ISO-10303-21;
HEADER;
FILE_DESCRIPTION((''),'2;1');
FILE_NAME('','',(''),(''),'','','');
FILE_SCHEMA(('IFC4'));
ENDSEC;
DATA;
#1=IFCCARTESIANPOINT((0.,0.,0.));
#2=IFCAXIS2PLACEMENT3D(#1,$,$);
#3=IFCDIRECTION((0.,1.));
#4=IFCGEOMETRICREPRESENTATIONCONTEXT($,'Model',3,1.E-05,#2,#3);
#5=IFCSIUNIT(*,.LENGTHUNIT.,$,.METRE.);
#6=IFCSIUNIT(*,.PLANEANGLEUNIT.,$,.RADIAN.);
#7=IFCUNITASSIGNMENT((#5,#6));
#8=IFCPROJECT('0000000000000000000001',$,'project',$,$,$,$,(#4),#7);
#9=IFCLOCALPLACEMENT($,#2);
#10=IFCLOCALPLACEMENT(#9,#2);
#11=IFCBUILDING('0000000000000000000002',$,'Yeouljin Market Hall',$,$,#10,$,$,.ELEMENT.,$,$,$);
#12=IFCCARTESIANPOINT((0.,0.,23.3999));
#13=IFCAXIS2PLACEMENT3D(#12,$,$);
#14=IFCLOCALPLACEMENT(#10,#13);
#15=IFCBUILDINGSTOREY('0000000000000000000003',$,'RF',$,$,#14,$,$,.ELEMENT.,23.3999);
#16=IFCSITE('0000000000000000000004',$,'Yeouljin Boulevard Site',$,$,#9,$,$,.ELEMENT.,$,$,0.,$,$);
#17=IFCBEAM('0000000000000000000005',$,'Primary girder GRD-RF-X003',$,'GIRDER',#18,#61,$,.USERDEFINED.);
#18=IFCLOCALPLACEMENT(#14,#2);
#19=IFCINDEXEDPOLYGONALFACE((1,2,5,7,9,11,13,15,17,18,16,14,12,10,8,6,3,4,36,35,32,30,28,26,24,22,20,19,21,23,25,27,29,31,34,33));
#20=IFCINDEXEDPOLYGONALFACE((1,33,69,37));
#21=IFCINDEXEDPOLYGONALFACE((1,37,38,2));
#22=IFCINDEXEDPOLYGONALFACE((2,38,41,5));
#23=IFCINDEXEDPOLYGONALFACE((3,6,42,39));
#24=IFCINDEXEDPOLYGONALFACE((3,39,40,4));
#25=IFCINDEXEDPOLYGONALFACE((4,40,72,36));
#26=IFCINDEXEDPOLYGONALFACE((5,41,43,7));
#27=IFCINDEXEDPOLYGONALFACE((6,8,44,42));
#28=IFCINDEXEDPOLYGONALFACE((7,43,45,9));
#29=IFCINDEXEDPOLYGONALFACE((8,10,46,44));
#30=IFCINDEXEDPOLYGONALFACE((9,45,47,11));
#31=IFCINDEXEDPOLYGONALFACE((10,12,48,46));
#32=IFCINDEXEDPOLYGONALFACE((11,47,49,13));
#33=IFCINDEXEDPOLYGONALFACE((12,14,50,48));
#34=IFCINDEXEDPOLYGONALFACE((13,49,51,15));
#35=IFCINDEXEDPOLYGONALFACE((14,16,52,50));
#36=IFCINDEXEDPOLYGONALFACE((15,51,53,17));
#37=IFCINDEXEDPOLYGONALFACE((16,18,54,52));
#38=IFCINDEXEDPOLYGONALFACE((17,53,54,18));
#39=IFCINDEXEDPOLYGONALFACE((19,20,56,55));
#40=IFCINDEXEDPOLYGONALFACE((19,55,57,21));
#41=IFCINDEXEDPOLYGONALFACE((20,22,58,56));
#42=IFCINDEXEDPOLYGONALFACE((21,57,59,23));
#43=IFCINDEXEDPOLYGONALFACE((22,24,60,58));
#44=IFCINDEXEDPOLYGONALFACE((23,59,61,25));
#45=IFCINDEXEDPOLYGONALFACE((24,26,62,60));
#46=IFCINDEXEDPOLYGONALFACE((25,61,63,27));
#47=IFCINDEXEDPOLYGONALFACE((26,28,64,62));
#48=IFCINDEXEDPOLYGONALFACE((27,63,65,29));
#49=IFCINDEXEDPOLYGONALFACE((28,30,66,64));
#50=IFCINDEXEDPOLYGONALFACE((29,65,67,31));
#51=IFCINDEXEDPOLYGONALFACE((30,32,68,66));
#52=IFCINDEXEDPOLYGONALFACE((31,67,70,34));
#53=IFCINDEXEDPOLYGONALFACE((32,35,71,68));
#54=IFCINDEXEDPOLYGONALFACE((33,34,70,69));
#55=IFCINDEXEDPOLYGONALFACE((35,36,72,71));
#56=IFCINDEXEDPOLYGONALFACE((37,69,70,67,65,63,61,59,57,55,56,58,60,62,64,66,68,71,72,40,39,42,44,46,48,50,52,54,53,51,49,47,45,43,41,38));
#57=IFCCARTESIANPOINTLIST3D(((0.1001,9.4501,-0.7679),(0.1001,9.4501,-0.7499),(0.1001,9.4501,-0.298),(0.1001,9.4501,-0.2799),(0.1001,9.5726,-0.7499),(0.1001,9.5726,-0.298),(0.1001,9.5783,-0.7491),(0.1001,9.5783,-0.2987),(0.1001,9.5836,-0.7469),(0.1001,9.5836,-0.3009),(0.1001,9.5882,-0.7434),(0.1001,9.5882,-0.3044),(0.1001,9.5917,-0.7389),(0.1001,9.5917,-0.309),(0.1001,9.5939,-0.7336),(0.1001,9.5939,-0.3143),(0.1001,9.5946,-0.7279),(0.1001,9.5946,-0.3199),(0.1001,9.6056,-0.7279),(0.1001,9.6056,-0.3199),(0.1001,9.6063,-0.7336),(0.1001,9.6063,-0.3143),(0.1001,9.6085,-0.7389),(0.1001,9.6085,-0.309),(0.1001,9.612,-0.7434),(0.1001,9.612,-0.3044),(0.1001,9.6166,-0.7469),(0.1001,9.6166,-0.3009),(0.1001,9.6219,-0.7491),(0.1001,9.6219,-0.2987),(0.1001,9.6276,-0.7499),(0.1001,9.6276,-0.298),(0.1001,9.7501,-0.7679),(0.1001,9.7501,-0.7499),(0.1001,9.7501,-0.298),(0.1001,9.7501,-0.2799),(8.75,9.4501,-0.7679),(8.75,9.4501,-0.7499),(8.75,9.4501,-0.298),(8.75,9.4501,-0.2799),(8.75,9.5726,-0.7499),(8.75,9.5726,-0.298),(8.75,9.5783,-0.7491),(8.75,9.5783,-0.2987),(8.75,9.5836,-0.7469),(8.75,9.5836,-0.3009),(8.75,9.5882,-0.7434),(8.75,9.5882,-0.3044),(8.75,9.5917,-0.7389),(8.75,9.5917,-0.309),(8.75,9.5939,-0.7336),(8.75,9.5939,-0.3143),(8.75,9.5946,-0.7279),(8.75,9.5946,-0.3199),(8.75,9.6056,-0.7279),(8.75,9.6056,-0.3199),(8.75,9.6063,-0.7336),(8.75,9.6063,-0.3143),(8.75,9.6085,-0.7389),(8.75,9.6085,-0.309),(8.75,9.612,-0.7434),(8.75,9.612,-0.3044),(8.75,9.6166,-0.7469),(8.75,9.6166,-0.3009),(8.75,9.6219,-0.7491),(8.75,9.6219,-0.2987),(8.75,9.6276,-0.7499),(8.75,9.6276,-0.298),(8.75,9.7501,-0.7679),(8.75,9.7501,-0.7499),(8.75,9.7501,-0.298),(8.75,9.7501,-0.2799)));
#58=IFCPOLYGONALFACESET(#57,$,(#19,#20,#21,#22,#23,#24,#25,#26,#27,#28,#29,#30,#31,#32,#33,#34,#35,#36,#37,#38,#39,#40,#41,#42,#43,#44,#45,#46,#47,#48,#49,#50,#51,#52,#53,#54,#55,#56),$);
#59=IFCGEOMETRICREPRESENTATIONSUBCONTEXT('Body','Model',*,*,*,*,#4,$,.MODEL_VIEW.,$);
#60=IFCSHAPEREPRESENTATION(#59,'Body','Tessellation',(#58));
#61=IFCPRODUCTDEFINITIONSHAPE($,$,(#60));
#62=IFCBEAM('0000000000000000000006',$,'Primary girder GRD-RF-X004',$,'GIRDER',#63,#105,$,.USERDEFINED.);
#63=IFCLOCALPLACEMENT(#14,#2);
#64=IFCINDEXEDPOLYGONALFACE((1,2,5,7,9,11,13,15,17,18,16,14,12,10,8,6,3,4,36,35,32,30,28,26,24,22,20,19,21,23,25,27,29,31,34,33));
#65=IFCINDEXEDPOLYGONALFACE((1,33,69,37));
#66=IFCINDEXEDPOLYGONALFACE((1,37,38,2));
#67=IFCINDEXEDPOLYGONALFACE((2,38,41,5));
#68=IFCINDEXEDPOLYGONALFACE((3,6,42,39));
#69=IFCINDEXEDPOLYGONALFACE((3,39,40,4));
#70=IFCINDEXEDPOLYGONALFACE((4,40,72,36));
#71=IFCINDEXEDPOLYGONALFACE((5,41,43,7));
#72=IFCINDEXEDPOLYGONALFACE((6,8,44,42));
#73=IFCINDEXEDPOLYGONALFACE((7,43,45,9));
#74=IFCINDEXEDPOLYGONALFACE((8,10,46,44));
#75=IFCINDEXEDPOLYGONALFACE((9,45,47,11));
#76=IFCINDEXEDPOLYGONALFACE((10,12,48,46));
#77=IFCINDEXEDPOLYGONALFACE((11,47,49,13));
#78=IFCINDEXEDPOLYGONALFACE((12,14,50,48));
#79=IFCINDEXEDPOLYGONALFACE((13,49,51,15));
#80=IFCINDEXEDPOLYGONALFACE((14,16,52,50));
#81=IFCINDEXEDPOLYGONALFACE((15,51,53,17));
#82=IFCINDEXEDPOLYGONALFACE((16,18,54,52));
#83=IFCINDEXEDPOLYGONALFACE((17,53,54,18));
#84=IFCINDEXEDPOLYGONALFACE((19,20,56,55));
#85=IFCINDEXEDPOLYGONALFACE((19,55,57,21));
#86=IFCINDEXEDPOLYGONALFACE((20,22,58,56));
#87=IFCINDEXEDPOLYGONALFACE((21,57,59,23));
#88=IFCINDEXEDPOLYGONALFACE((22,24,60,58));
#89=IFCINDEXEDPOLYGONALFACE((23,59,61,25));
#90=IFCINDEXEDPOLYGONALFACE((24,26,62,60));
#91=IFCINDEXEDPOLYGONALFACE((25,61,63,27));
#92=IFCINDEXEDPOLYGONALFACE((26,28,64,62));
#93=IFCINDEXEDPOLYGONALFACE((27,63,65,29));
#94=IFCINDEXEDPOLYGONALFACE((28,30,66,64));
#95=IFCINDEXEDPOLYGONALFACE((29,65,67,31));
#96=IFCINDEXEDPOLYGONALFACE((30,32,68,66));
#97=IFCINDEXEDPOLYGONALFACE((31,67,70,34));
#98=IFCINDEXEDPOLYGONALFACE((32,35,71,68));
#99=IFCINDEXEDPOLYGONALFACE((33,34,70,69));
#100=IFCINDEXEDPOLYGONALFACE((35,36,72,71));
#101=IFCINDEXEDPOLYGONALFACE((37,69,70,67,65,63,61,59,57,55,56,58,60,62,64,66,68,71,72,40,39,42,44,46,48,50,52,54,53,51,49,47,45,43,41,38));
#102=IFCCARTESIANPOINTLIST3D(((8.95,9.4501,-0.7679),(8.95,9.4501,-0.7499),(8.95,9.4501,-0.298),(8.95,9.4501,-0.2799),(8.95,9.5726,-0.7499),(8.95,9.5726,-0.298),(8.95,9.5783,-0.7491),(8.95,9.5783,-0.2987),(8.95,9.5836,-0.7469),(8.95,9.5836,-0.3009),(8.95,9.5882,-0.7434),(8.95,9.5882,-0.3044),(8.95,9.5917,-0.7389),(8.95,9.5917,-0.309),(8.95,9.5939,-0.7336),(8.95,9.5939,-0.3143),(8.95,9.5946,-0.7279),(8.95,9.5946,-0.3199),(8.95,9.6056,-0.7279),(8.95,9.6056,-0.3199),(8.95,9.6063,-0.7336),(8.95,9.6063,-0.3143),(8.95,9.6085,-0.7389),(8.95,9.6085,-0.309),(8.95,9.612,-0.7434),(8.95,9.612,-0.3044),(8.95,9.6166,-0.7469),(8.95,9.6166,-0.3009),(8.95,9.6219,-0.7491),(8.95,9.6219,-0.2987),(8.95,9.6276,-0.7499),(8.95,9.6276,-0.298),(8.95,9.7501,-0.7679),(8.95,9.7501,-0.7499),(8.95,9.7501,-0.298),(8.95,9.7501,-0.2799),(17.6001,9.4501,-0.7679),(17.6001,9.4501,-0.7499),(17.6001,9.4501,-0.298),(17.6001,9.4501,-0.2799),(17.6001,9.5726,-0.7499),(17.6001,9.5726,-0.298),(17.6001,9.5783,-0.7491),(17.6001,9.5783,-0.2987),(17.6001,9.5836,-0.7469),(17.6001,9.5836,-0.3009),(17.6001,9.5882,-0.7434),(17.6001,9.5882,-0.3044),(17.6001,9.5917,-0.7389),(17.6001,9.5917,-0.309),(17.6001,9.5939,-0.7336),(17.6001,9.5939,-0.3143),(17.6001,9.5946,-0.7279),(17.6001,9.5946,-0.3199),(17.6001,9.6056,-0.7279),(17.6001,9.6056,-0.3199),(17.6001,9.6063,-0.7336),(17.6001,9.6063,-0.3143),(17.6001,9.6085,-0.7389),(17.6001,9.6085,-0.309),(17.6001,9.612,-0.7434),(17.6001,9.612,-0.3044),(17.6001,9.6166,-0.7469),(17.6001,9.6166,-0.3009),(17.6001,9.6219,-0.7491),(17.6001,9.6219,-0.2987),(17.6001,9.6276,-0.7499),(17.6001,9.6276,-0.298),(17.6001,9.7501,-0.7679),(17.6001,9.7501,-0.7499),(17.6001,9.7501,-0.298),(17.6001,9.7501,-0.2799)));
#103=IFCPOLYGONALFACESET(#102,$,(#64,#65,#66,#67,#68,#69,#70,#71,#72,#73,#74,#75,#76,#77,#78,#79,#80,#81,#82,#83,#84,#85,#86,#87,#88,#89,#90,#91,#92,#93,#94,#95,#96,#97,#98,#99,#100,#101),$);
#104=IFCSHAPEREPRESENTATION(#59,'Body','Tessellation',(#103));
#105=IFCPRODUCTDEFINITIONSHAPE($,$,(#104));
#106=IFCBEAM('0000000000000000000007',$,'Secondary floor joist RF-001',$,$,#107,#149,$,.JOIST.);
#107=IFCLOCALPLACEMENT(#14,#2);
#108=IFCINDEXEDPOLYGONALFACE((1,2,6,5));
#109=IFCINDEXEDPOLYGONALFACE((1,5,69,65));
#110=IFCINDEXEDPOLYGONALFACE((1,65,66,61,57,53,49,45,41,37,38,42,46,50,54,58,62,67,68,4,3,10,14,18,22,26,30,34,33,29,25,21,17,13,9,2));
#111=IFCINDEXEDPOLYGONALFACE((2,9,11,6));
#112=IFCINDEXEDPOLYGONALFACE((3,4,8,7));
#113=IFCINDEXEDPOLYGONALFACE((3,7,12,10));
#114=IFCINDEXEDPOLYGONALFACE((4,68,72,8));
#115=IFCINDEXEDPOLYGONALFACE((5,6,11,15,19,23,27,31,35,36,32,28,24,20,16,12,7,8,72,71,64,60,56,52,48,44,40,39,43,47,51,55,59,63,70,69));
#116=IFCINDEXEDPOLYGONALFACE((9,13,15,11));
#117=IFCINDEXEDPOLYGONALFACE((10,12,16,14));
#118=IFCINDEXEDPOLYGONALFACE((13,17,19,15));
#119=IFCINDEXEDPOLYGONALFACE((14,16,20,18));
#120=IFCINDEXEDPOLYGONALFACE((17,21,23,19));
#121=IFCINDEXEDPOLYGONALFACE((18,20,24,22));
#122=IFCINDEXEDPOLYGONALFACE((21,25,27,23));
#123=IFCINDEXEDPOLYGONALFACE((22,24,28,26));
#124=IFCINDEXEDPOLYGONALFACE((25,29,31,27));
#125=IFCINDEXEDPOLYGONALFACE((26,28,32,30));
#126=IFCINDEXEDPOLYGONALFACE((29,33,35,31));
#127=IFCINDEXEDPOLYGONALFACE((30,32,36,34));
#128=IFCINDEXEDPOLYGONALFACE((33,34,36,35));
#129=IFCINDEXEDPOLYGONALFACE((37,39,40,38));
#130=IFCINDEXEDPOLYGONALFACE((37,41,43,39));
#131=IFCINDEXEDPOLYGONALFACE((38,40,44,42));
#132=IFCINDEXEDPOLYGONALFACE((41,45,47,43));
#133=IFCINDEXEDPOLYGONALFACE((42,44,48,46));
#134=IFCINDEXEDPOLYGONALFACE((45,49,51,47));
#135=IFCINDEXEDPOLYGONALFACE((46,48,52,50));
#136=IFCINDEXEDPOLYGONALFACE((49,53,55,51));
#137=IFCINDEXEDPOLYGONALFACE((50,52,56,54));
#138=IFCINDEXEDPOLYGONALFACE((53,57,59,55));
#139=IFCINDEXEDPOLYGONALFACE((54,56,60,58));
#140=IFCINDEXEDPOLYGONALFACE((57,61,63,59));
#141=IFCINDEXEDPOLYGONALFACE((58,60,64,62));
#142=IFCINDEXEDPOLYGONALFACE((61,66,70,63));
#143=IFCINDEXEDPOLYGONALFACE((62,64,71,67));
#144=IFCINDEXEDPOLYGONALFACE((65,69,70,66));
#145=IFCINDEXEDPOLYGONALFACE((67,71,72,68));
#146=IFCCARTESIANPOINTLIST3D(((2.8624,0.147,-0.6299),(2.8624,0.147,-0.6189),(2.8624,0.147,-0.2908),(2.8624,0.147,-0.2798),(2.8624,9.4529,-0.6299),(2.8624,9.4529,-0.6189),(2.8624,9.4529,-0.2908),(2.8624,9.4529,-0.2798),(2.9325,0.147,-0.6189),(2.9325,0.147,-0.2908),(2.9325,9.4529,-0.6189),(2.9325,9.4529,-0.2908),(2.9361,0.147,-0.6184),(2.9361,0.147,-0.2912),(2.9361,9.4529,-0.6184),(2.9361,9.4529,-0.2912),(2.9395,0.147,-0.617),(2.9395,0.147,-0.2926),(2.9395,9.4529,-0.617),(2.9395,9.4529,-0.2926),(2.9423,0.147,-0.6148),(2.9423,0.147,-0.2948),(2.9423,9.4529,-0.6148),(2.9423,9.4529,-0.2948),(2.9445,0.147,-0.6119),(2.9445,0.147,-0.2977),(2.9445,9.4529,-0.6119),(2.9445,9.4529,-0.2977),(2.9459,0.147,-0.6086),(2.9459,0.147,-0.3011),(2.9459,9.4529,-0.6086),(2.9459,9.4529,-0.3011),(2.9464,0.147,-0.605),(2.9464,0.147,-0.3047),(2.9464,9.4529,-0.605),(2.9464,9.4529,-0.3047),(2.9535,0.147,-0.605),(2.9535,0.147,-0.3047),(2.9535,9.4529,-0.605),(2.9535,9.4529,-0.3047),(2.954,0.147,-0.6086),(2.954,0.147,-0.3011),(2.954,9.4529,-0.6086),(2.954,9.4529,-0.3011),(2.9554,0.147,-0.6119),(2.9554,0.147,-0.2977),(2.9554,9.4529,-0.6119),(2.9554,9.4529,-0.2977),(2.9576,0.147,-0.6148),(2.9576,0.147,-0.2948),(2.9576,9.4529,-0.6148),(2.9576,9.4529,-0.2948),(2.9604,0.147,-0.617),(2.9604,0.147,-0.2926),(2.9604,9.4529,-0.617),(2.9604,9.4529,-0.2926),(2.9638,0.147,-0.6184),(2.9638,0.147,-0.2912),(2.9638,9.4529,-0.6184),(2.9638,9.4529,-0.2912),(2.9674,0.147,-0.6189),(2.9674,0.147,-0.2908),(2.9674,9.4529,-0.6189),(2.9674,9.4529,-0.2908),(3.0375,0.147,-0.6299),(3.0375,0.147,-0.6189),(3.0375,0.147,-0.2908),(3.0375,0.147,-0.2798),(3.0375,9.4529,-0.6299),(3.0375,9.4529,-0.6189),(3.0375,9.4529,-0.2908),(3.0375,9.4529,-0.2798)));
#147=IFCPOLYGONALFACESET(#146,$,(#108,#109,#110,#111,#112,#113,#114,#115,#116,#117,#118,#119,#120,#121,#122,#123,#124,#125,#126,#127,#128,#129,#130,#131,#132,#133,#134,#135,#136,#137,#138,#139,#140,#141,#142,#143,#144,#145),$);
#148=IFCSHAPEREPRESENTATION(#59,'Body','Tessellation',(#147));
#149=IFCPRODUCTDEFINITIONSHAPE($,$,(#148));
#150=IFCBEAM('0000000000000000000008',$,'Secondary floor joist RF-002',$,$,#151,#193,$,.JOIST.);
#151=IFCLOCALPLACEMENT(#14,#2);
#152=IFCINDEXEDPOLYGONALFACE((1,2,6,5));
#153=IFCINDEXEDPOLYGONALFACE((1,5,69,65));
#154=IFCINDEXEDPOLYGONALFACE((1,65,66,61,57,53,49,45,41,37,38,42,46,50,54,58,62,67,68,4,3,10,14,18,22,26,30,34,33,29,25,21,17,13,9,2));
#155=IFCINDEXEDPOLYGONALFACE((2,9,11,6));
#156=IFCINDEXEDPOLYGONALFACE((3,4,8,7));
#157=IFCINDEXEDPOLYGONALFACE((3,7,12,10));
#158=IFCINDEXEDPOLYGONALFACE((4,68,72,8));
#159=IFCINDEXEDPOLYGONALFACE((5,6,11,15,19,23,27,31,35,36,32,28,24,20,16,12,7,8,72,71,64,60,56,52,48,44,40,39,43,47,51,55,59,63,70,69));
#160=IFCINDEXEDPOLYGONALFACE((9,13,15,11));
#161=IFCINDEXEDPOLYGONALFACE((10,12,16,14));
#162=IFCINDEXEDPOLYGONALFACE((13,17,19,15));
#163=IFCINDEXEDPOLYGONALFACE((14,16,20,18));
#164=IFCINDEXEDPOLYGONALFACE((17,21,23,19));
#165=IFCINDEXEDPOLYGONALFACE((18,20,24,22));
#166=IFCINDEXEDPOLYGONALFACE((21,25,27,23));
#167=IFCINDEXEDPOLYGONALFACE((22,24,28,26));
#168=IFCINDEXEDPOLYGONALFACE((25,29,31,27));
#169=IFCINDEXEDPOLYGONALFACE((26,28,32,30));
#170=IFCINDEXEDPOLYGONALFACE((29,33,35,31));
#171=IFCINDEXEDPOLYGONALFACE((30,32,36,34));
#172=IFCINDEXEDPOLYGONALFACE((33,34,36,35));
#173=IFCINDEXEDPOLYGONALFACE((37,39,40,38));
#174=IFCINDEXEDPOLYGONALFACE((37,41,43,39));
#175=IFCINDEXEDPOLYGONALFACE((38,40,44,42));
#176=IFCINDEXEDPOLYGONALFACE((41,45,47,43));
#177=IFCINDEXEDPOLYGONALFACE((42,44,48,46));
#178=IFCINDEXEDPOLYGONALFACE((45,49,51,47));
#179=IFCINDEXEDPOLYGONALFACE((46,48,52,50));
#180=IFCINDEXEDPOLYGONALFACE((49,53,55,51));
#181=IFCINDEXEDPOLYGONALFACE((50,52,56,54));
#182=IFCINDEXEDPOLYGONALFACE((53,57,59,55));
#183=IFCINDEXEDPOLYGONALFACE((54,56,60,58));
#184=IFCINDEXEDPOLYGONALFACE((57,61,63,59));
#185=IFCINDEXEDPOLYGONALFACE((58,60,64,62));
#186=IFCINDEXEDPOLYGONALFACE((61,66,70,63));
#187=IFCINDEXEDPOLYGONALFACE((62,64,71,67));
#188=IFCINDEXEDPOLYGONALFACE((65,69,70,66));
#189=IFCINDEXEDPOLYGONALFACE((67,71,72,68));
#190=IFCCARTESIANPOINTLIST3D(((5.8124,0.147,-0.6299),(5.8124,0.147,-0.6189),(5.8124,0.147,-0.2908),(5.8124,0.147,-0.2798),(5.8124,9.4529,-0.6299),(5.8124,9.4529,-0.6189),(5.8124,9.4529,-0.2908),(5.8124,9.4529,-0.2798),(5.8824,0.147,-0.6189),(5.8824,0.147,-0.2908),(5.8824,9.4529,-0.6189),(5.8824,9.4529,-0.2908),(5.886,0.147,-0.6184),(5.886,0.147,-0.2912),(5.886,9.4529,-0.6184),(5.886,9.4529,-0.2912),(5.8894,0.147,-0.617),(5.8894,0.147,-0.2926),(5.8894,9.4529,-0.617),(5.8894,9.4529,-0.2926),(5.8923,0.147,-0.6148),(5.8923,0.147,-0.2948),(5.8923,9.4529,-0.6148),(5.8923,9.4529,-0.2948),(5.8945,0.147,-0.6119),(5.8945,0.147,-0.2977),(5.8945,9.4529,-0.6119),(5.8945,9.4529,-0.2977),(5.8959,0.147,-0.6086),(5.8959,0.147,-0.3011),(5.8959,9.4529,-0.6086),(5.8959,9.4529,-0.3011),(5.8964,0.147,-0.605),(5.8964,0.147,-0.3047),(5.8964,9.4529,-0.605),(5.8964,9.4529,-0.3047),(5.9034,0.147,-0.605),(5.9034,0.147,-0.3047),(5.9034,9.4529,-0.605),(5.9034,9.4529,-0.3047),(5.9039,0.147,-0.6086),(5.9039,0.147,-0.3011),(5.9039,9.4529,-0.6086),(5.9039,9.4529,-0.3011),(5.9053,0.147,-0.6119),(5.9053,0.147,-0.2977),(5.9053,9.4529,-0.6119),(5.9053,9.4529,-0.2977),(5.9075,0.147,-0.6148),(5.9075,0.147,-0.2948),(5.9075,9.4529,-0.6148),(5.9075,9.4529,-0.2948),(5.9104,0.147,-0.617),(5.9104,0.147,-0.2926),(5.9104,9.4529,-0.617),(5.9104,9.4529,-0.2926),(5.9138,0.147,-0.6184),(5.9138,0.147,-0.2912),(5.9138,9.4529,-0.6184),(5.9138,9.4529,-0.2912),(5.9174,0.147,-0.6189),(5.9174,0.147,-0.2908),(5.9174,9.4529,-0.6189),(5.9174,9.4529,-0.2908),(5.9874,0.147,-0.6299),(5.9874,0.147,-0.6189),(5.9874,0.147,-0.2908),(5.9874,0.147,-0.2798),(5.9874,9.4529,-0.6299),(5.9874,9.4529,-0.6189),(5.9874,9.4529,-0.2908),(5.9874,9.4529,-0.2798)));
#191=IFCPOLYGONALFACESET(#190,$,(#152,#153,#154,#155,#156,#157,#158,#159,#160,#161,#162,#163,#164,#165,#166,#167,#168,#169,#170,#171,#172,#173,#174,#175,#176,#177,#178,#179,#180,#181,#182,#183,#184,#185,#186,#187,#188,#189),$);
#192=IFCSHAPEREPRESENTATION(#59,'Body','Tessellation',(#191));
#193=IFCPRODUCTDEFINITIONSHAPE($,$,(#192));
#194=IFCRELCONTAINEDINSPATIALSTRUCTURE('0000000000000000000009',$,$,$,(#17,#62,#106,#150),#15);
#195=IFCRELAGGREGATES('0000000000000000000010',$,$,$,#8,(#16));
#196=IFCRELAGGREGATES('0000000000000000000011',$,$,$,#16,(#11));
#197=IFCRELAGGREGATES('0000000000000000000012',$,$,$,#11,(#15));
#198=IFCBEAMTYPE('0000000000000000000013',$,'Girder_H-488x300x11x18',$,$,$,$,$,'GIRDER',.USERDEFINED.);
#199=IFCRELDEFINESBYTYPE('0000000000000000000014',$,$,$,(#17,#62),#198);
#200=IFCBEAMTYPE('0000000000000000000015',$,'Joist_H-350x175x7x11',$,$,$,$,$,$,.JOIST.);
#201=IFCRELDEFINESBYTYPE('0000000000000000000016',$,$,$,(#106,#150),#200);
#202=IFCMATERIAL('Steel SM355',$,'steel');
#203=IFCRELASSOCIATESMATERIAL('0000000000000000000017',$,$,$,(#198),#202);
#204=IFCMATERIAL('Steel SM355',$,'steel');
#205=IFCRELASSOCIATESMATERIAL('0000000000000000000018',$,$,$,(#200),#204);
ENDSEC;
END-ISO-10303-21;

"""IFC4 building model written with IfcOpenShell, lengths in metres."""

from ifc_helpers import new_model, si_unit, direction, frame, origin, origin_2d, place, context, subcontext, project, spatial, i_section, extrude, material, material_profile, profile_set, type_object, element, save


model = new_model("IFC4")

# Units and contexts
model_context = context("Model", 3, precision=1e-05, world=origin(), true_north=direction((0.0, 1.0)))
body_context = subcontext(model_context, "Body", "Model", "MODEL_VIEW")
ifc_project = project(units=[si_unit("LENGTHUNIT", "METRE"), si_unit("PLANEANGLEUNIT", "RADIAN")], contexts=[model_context])

# Site, building, storey
site_placement = place(None, origin())
site = spatial("IfcSite", under=ifc_project, at=site_placement, Name="Yeouljin Boulevard Site", CompositionType="ELEMENT", RefElevation=0.0)
building_placement = place(site_placement, origin())
building = spatial("IfcBuilding", under=site, at=building_placement, Name="Yeouljin Market Hall", CompositionType="ELEMENT")
storey_placement = place(building_placement, frame((0.0, 0.0, 23.3999)))
storey = spatial("IfcBuildingStorey", under=building, at=storey_placement, Name="RF", CompositionType="ELEMENT", Elevation=23.3999)

# Beams
ifc_material_1 = material(Name="Steel SM355", Category="steel")
ifc_material_profile_1 = material_profile(ifc_material_1, i_section(OverallWidth=0.3, OverallDepth=0.488, WebThickness=0.011, FlangeThickness=0.0181, FilletRadius=0.022, at=origin_2d()), Name="H-488x300x11x18")
ifc_profile_set_1 = profile_set([ifc_material_profile_1], Name="Steel SM355")
beam_type_1 = type_object("IfcBeamType", Name="Girder_H-488x300x11x18", ElementType="GIRDER", PredefinedType="USERDEFINED", material=ifc_profile_set_1)
beam_1_placement = place(storey_placement, frame((0.1001, 9.6001, -0.5239), z_axis=(1.0, 0.0, 0.0), x_axis=(0.0, 1.0, 0.0)))
element("IfcBeam", 1, at=beam_1_placement, inside=storey, type_object=beam_type_1, Name="Primary girder GRD-RF-X003", ObjectType="GIRDER", PredefinedType="USERDEFINED", context=body_context, shape_type="SweptSolid", body=[
    extrude(i_section(OverallWidth=0.3, OverallDepth=0.488, WebThickness=0.011, FlangeThickness=0.0181, FilletRadius=0.022, at=origin_2d()), origin(), (0.0, 0.0, 1.0), 8.6499),
])
beam_2_placement = place(storey_placement, frame((8.95, 9.6001, -0.5239), z_axis=(1.0, 0.0, 0.0), x_axis=(0.0, 1.0, 0.0)))
element("IfcBeam", 2, at=beam_2_placement, inside=storey, type_object=beam_type_1, Name="Primary girder GRD-RF-X004", ObjectType="GIRDER", PredefinedType="USERDEFINED", context=body_context, shape_type="SweptSolid", body=[
    extrude(i_section(OverallWidth=0.3, OverallDepth=0.488, WebThickness=0.011, FlangeThickness=0.0181, FilletRadius=0.022, at=origin_2d()), origin(), (0.0, 0.0, 1.0), 8.6501),
])
ifc_material_2 = material(Name="Steel SM355", Category="steel")
ifc_material_profile_2 = material_profile(ifc_material_2, i_section(OverallWidth=0.175, OverallDepth=0.3501, WebThickness=0.0071, FlangeThickness=0.011, FilletRadius=0.0139, at=origin_2d()), Name="H-350x175x7x11")
ifc_profile_set_2 = profile_set([ifc_material_profile_2], Name="Steel SM355")
beam_type_2 = type_object("IfcBeamType", Name="Joist_H-350x175x7x11", PredefinedType="JOIST", material=ifc_profile_set_2)
for number, where, z_axis, x_axis, name in (
    (3, (2.95, 0.147, -0.4548), (0.0, 1.0, 0.0), (-1.0, 0.0, 0.0), "Secondary floor joist RF-001"),
    (4, (5.8999, 0.147, -0.4548), (0.0, 1.0, 0.0), (-1.0, 0.0, 0.0), "Secondary floor joist RF-002"),
):
    element("IfcBeam", number, at=place(storey_placement, frame(where, z_axis=z_axis, x_axis=x_axis)), inside=storey, type_object=beam_type_2, Name=name, PredefinedType="JOIST", context=body_context, shape_type="SweptSolid", body=[
        extrude(i_section(OverallWidth=0.175, OverallDepth=0.3501, WebThickness=0.0071, FlangeThickness=0.011, FilletRadius=0.0139, at=origin_2d()), origin(), (0.0, 0.0, 1.0), 9.3059),
    ])

save(model, "model.ifc")
